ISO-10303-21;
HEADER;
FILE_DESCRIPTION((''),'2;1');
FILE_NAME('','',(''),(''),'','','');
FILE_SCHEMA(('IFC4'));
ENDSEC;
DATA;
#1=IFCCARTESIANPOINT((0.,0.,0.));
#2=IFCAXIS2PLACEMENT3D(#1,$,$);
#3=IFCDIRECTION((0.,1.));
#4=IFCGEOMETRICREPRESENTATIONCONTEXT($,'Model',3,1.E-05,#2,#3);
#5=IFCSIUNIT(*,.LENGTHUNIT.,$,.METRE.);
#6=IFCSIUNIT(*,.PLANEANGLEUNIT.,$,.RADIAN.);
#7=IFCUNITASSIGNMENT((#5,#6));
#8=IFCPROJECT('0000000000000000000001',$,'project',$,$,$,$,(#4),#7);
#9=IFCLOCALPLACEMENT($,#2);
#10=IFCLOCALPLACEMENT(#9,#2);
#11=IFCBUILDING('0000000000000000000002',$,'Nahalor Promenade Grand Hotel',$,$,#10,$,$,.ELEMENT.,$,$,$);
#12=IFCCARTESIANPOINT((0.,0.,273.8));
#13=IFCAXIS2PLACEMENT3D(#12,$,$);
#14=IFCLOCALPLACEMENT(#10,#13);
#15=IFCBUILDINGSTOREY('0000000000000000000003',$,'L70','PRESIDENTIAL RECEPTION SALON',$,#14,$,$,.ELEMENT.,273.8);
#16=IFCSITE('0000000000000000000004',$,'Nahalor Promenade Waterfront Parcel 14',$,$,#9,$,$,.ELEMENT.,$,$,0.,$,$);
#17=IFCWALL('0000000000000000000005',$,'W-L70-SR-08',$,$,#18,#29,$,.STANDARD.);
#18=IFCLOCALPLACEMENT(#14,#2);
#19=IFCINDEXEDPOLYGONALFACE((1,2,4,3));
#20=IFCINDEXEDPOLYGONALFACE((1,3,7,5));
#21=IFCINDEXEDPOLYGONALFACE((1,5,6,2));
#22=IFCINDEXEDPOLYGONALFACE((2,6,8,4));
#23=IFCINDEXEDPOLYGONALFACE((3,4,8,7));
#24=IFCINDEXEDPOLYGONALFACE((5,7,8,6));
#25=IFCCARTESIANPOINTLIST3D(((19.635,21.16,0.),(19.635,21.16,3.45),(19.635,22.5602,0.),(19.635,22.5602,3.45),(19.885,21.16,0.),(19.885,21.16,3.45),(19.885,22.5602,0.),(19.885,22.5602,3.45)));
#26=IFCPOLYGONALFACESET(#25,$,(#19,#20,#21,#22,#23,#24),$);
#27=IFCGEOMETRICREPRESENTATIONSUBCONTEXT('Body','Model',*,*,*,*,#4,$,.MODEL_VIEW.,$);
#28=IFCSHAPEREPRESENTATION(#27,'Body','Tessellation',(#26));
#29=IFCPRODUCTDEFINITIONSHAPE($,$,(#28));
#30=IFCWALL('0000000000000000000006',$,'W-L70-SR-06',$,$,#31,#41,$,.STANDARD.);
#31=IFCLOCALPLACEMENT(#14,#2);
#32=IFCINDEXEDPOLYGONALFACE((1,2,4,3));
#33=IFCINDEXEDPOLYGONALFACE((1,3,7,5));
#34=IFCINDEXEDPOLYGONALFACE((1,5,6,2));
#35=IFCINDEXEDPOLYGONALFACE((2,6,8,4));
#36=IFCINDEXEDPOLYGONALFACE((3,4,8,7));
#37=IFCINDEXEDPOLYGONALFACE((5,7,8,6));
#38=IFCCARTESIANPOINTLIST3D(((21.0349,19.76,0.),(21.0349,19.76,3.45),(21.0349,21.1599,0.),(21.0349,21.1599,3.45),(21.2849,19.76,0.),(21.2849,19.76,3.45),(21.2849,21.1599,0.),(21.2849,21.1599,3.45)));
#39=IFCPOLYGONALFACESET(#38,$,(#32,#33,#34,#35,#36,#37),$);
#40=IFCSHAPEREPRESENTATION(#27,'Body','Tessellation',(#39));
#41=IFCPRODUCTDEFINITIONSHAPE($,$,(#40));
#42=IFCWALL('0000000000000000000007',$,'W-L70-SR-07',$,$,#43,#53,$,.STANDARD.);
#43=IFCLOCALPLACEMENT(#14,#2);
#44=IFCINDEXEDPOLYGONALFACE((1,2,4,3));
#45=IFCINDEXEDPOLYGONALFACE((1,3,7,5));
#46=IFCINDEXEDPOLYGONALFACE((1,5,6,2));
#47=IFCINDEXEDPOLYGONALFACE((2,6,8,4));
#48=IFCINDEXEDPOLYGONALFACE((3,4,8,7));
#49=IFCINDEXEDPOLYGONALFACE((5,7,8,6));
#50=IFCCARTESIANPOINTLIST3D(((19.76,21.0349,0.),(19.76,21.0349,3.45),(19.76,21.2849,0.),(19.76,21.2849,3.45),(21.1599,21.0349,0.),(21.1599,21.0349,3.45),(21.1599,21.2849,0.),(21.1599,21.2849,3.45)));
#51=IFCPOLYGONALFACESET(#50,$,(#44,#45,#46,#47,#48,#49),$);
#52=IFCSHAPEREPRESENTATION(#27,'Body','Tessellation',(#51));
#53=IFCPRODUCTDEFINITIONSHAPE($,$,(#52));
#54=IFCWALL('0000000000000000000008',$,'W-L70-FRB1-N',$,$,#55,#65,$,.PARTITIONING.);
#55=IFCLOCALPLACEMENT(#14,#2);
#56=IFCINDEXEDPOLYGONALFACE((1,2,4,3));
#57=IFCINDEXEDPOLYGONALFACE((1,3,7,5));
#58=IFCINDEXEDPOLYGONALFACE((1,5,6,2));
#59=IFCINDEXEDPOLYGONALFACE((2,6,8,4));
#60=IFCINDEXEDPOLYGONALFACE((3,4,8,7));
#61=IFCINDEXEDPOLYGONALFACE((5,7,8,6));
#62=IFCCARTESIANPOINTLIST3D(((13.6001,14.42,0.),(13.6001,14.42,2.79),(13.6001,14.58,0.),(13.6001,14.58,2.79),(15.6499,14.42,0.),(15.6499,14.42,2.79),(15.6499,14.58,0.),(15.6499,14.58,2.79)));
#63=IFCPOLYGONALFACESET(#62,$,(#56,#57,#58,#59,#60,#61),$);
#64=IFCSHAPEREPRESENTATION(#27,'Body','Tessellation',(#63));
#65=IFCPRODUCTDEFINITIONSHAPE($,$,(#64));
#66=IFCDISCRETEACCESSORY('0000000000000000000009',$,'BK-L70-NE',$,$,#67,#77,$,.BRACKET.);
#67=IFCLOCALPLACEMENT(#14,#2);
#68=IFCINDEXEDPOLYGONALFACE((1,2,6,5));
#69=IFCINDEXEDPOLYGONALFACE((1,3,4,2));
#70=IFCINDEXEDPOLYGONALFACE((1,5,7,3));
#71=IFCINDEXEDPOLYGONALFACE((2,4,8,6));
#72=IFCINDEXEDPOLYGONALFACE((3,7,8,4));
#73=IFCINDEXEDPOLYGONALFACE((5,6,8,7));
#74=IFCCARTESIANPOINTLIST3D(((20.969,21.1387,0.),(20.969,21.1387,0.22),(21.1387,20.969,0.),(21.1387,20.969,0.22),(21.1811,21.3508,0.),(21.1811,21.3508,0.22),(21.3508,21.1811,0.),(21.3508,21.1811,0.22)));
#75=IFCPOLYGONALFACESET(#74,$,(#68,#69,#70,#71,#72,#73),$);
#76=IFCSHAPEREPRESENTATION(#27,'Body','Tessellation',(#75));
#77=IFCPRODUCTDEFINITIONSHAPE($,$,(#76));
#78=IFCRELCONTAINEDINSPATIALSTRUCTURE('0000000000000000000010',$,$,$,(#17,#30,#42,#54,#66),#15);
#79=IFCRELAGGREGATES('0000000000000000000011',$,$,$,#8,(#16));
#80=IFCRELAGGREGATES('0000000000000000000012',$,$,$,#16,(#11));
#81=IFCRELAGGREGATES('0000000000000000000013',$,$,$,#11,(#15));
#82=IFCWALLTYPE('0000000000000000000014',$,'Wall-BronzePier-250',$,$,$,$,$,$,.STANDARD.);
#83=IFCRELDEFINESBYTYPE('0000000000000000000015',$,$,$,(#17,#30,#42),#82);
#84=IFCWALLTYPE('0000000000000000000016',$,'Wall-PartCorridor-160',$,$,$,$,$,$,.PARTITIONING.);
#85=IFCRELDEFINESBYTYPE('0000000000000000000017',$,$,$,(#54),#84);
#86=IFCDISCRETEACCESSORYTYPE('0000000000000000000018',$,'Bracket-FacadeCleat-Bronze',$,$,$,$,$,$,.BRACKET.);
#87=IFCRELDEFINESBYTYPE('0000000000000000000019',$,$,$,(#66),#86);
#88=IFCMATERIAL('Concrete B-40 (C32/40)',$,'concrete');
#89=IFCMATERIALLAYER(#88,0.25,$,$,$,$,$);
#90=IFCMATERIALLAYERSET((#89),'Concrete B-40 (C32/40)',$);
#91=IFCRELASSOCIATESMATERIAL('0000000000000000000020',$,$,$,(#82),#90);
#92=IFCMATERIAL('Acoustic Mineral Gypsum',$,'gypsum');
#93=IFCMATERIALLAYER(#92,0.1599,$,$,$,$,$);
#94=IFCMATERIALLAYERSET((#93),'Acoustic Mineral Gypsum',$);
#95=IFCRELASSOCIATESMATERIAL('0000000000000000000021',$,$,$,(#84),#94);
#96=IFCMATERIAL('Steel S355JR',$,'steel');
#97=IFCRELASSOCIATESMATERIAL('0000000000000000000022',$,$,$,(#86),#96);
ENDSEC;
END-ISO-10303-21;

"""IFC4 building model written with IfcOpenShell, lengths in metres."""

from ifc_helpers import new_model, si_unit, direction, frame, frame_2d, origin, origin_2d, place, context, subcontext, project, spatial, rectangle, extrude, source, transform, mapped, material, layer, layer_set, type_object, element, save


model = new_model("IFC4")

# Units and contexts
model_context = context("Model", 3, precision=1e-05, world=origin(), true_north=direction((0.0, 1.0)))
body_context = subcontext(model_context, "Body", "Model", "MODEL_VIEW")
ifc_project = project(units=[si_unit("LENGTHUNIT", "METRE"), si_unit("PLANEANGLEUNIT", "RADIAN")], contexts=[model_context])

# Site, building, storey
site_placement = place(None, origin())
site = spatial("IfcSite", under=ifc_project, at=site_placement, Name="Nahalor Promenade Waterfront Parcel 14", CompositionType="ELEMENT", RefElevation=0.0)
building_placement = place(site_placement, origin())
building = spatial("IfcBuilding", under=site, at=building_placement, Name="Nahalor Promenade Grand Hotel", CompositionType="ELEMENT")
storey_placement = place(building_placement, frame((0.0, 0.0, 273.8)))
storey = spatial("IfcBuildingStorey", under=building, at=storey_placement, Name="L70", Description="PRESIDENTIAL RECEPTION SALON", CompositionType="ELEMENT", Elevation=273.8)

# Shared definitions
ifc_material_1 = material(Name="Steel S355JR", Category="steel")

# Walls
ifc_material_2 = material(Name="Concrete B-40 (C32/40)", Category="concrete")
ifc_layer_1 = layer(ifc_material_2, 0.25)
ifc_layer_set_1 = layer_set([ifc_layer_1], Name="Concrete B-40 (C32/40)")
wall_type_1 = type_object("IfcWallType", Name="Wall-BronzePier-250", PredefinedType="STANDARD", material=ifc_layer_set_1)
shared_shape_1 = source(origin(), body_context, "Body", "SweptSolid", [
    extrude(rectangle(XDim=1.4001, YDim=0.25, at=frame_2d((0.7002, 0.0))), origin(), (0.0, 0.0, 1.0), 3.45),
])
for number, where, z_axis, x_axis, name in (
    (1, (19.76, 21.1599, 0.0), (0.0, 0.0, 1.0), (0.0, 1.0, 0.0), "W-L70-SR-08"),
):
    element("IfcWall", number, at=place(storey_placement, frame(where, z_axis=z_axis, x_axis=x_axis)), inside=storey, type_object=wall_type_1, Name=name, PredefinedType="STANDARD", context=body_context, shape_type="MappedRepresentation", body=[
        mapped(shared_shape_1, transform((0.0, 0.0, 0.0), scale=1.0)),
    ])
shared_shape_2 = source(origin(), body_context, "Body", "SweptSolid", [
    extrude(rectangle(XDim=1.3999, YDim=0.25, at=frame_2d((0.7, 0.0))), origin(), (0.0, 0.0, 1.0), 3.45),
])
for number, where, z_axis, x_axis, name in (
    (2, (21.1599, 19.76, 0.0), (0.0, 0.0, 1.0), (0.0, 1.0, 0.0), "W-L70-SR-06"),
    (3, (19.76, 21.1599, 0.0), (0.0, 0.0, 1.0), (1.0, 0.0, 0.0), "W-L70-SR-07"),
):
    element("IfcWall", number, at=place(storey_placement, frame(where, z_axis=z_axis, x_axis=x_axis)), inside=storey, type_object=wall_type_1, Name=name, PredefinedType="STANDARD", context=body_context, shape_type="MappedRepresentation", body=[
        mapped(shared_shape_2, transform((0.0, 0.0, 0.0), scale=1.0)),
    ])
ifc_material_3 = material(Name="Acoustic Mineral Gypsum", Category="gypsum")
ifc_layer_2 = layer(ifc_material_3, 0.1599)
ifc_layer_set_2 = layer_set([ifc_layer_2], Name="Acoustic Mineral Gypsum")
wall_type_2 = type_object("IfcWallType", Name="Wall-PartCorridor-160", PredefinedType="PARTITIONING", material=ifc_layer_set_2)
shared_shape_3 = source(origin(), body_context, "Body", "SweptSolid", [
    extrude(rectangle(XDim=2.0498, YDim=0.1599, at=frame_2d((1.0249, 0.0))), origin(), (0.0, 0.0, 1.0), 2.79),
])
wall_1_placement = place(storey_placement, frame((13.6001, 14.5, 0.0), z_axis=(0.0, 0.0, 1.0), x_axis=(1.0, 0.0, 0.0)))
element("IfcWall", 4, at=wall_1_placement, inside=storey, type_object=wall_type_2, Name="W-L70-FRB1-N", PredefinedType="PARTITIONING", context=body_context, shape_type="MappedRepresentation", body=[
    mapped(shared_shape_3, transform((0.0, 0.0, 0.0), scale=1.0)),
])

# Discrete accessory
discrete_accessory_type = type_object("IfcDiscreteAccessoryType", Name="Bracket-FacadeCleat-Bronze", PredefinedType="BRACKET", material=ifc_material_1)
shared_shape_4 = source(origin(), body_context, "Body", "SweptSolid", [
    extrude(rectangle(XDim=0.3, YDim=0.24, at=origin_2d()), origin(), (0.0, 0.0, 1.0), 0.22),
])
discrete_accessory_placement = place(storey_placement, frame((21.1599, 21.1599, 0.0), z_axis=(0.0, 0.0, 1.0), x_axis=(0.707107, 0.707107, 0.0)))
element("IfcDiscreteAccessory", 5, at=discrete_accessory_placement, inside=storey, type_object=discrete_accessory_type, Name="BK-L70-NE", PredefinedType="BRACKET", context=body_context, shape_type="MappedRepresentation", body=[
    mapped(shared_shape_4, transform((0.0, 0.0, 0.0), scale=1.0)),
])

save(model, "model.ifc")
